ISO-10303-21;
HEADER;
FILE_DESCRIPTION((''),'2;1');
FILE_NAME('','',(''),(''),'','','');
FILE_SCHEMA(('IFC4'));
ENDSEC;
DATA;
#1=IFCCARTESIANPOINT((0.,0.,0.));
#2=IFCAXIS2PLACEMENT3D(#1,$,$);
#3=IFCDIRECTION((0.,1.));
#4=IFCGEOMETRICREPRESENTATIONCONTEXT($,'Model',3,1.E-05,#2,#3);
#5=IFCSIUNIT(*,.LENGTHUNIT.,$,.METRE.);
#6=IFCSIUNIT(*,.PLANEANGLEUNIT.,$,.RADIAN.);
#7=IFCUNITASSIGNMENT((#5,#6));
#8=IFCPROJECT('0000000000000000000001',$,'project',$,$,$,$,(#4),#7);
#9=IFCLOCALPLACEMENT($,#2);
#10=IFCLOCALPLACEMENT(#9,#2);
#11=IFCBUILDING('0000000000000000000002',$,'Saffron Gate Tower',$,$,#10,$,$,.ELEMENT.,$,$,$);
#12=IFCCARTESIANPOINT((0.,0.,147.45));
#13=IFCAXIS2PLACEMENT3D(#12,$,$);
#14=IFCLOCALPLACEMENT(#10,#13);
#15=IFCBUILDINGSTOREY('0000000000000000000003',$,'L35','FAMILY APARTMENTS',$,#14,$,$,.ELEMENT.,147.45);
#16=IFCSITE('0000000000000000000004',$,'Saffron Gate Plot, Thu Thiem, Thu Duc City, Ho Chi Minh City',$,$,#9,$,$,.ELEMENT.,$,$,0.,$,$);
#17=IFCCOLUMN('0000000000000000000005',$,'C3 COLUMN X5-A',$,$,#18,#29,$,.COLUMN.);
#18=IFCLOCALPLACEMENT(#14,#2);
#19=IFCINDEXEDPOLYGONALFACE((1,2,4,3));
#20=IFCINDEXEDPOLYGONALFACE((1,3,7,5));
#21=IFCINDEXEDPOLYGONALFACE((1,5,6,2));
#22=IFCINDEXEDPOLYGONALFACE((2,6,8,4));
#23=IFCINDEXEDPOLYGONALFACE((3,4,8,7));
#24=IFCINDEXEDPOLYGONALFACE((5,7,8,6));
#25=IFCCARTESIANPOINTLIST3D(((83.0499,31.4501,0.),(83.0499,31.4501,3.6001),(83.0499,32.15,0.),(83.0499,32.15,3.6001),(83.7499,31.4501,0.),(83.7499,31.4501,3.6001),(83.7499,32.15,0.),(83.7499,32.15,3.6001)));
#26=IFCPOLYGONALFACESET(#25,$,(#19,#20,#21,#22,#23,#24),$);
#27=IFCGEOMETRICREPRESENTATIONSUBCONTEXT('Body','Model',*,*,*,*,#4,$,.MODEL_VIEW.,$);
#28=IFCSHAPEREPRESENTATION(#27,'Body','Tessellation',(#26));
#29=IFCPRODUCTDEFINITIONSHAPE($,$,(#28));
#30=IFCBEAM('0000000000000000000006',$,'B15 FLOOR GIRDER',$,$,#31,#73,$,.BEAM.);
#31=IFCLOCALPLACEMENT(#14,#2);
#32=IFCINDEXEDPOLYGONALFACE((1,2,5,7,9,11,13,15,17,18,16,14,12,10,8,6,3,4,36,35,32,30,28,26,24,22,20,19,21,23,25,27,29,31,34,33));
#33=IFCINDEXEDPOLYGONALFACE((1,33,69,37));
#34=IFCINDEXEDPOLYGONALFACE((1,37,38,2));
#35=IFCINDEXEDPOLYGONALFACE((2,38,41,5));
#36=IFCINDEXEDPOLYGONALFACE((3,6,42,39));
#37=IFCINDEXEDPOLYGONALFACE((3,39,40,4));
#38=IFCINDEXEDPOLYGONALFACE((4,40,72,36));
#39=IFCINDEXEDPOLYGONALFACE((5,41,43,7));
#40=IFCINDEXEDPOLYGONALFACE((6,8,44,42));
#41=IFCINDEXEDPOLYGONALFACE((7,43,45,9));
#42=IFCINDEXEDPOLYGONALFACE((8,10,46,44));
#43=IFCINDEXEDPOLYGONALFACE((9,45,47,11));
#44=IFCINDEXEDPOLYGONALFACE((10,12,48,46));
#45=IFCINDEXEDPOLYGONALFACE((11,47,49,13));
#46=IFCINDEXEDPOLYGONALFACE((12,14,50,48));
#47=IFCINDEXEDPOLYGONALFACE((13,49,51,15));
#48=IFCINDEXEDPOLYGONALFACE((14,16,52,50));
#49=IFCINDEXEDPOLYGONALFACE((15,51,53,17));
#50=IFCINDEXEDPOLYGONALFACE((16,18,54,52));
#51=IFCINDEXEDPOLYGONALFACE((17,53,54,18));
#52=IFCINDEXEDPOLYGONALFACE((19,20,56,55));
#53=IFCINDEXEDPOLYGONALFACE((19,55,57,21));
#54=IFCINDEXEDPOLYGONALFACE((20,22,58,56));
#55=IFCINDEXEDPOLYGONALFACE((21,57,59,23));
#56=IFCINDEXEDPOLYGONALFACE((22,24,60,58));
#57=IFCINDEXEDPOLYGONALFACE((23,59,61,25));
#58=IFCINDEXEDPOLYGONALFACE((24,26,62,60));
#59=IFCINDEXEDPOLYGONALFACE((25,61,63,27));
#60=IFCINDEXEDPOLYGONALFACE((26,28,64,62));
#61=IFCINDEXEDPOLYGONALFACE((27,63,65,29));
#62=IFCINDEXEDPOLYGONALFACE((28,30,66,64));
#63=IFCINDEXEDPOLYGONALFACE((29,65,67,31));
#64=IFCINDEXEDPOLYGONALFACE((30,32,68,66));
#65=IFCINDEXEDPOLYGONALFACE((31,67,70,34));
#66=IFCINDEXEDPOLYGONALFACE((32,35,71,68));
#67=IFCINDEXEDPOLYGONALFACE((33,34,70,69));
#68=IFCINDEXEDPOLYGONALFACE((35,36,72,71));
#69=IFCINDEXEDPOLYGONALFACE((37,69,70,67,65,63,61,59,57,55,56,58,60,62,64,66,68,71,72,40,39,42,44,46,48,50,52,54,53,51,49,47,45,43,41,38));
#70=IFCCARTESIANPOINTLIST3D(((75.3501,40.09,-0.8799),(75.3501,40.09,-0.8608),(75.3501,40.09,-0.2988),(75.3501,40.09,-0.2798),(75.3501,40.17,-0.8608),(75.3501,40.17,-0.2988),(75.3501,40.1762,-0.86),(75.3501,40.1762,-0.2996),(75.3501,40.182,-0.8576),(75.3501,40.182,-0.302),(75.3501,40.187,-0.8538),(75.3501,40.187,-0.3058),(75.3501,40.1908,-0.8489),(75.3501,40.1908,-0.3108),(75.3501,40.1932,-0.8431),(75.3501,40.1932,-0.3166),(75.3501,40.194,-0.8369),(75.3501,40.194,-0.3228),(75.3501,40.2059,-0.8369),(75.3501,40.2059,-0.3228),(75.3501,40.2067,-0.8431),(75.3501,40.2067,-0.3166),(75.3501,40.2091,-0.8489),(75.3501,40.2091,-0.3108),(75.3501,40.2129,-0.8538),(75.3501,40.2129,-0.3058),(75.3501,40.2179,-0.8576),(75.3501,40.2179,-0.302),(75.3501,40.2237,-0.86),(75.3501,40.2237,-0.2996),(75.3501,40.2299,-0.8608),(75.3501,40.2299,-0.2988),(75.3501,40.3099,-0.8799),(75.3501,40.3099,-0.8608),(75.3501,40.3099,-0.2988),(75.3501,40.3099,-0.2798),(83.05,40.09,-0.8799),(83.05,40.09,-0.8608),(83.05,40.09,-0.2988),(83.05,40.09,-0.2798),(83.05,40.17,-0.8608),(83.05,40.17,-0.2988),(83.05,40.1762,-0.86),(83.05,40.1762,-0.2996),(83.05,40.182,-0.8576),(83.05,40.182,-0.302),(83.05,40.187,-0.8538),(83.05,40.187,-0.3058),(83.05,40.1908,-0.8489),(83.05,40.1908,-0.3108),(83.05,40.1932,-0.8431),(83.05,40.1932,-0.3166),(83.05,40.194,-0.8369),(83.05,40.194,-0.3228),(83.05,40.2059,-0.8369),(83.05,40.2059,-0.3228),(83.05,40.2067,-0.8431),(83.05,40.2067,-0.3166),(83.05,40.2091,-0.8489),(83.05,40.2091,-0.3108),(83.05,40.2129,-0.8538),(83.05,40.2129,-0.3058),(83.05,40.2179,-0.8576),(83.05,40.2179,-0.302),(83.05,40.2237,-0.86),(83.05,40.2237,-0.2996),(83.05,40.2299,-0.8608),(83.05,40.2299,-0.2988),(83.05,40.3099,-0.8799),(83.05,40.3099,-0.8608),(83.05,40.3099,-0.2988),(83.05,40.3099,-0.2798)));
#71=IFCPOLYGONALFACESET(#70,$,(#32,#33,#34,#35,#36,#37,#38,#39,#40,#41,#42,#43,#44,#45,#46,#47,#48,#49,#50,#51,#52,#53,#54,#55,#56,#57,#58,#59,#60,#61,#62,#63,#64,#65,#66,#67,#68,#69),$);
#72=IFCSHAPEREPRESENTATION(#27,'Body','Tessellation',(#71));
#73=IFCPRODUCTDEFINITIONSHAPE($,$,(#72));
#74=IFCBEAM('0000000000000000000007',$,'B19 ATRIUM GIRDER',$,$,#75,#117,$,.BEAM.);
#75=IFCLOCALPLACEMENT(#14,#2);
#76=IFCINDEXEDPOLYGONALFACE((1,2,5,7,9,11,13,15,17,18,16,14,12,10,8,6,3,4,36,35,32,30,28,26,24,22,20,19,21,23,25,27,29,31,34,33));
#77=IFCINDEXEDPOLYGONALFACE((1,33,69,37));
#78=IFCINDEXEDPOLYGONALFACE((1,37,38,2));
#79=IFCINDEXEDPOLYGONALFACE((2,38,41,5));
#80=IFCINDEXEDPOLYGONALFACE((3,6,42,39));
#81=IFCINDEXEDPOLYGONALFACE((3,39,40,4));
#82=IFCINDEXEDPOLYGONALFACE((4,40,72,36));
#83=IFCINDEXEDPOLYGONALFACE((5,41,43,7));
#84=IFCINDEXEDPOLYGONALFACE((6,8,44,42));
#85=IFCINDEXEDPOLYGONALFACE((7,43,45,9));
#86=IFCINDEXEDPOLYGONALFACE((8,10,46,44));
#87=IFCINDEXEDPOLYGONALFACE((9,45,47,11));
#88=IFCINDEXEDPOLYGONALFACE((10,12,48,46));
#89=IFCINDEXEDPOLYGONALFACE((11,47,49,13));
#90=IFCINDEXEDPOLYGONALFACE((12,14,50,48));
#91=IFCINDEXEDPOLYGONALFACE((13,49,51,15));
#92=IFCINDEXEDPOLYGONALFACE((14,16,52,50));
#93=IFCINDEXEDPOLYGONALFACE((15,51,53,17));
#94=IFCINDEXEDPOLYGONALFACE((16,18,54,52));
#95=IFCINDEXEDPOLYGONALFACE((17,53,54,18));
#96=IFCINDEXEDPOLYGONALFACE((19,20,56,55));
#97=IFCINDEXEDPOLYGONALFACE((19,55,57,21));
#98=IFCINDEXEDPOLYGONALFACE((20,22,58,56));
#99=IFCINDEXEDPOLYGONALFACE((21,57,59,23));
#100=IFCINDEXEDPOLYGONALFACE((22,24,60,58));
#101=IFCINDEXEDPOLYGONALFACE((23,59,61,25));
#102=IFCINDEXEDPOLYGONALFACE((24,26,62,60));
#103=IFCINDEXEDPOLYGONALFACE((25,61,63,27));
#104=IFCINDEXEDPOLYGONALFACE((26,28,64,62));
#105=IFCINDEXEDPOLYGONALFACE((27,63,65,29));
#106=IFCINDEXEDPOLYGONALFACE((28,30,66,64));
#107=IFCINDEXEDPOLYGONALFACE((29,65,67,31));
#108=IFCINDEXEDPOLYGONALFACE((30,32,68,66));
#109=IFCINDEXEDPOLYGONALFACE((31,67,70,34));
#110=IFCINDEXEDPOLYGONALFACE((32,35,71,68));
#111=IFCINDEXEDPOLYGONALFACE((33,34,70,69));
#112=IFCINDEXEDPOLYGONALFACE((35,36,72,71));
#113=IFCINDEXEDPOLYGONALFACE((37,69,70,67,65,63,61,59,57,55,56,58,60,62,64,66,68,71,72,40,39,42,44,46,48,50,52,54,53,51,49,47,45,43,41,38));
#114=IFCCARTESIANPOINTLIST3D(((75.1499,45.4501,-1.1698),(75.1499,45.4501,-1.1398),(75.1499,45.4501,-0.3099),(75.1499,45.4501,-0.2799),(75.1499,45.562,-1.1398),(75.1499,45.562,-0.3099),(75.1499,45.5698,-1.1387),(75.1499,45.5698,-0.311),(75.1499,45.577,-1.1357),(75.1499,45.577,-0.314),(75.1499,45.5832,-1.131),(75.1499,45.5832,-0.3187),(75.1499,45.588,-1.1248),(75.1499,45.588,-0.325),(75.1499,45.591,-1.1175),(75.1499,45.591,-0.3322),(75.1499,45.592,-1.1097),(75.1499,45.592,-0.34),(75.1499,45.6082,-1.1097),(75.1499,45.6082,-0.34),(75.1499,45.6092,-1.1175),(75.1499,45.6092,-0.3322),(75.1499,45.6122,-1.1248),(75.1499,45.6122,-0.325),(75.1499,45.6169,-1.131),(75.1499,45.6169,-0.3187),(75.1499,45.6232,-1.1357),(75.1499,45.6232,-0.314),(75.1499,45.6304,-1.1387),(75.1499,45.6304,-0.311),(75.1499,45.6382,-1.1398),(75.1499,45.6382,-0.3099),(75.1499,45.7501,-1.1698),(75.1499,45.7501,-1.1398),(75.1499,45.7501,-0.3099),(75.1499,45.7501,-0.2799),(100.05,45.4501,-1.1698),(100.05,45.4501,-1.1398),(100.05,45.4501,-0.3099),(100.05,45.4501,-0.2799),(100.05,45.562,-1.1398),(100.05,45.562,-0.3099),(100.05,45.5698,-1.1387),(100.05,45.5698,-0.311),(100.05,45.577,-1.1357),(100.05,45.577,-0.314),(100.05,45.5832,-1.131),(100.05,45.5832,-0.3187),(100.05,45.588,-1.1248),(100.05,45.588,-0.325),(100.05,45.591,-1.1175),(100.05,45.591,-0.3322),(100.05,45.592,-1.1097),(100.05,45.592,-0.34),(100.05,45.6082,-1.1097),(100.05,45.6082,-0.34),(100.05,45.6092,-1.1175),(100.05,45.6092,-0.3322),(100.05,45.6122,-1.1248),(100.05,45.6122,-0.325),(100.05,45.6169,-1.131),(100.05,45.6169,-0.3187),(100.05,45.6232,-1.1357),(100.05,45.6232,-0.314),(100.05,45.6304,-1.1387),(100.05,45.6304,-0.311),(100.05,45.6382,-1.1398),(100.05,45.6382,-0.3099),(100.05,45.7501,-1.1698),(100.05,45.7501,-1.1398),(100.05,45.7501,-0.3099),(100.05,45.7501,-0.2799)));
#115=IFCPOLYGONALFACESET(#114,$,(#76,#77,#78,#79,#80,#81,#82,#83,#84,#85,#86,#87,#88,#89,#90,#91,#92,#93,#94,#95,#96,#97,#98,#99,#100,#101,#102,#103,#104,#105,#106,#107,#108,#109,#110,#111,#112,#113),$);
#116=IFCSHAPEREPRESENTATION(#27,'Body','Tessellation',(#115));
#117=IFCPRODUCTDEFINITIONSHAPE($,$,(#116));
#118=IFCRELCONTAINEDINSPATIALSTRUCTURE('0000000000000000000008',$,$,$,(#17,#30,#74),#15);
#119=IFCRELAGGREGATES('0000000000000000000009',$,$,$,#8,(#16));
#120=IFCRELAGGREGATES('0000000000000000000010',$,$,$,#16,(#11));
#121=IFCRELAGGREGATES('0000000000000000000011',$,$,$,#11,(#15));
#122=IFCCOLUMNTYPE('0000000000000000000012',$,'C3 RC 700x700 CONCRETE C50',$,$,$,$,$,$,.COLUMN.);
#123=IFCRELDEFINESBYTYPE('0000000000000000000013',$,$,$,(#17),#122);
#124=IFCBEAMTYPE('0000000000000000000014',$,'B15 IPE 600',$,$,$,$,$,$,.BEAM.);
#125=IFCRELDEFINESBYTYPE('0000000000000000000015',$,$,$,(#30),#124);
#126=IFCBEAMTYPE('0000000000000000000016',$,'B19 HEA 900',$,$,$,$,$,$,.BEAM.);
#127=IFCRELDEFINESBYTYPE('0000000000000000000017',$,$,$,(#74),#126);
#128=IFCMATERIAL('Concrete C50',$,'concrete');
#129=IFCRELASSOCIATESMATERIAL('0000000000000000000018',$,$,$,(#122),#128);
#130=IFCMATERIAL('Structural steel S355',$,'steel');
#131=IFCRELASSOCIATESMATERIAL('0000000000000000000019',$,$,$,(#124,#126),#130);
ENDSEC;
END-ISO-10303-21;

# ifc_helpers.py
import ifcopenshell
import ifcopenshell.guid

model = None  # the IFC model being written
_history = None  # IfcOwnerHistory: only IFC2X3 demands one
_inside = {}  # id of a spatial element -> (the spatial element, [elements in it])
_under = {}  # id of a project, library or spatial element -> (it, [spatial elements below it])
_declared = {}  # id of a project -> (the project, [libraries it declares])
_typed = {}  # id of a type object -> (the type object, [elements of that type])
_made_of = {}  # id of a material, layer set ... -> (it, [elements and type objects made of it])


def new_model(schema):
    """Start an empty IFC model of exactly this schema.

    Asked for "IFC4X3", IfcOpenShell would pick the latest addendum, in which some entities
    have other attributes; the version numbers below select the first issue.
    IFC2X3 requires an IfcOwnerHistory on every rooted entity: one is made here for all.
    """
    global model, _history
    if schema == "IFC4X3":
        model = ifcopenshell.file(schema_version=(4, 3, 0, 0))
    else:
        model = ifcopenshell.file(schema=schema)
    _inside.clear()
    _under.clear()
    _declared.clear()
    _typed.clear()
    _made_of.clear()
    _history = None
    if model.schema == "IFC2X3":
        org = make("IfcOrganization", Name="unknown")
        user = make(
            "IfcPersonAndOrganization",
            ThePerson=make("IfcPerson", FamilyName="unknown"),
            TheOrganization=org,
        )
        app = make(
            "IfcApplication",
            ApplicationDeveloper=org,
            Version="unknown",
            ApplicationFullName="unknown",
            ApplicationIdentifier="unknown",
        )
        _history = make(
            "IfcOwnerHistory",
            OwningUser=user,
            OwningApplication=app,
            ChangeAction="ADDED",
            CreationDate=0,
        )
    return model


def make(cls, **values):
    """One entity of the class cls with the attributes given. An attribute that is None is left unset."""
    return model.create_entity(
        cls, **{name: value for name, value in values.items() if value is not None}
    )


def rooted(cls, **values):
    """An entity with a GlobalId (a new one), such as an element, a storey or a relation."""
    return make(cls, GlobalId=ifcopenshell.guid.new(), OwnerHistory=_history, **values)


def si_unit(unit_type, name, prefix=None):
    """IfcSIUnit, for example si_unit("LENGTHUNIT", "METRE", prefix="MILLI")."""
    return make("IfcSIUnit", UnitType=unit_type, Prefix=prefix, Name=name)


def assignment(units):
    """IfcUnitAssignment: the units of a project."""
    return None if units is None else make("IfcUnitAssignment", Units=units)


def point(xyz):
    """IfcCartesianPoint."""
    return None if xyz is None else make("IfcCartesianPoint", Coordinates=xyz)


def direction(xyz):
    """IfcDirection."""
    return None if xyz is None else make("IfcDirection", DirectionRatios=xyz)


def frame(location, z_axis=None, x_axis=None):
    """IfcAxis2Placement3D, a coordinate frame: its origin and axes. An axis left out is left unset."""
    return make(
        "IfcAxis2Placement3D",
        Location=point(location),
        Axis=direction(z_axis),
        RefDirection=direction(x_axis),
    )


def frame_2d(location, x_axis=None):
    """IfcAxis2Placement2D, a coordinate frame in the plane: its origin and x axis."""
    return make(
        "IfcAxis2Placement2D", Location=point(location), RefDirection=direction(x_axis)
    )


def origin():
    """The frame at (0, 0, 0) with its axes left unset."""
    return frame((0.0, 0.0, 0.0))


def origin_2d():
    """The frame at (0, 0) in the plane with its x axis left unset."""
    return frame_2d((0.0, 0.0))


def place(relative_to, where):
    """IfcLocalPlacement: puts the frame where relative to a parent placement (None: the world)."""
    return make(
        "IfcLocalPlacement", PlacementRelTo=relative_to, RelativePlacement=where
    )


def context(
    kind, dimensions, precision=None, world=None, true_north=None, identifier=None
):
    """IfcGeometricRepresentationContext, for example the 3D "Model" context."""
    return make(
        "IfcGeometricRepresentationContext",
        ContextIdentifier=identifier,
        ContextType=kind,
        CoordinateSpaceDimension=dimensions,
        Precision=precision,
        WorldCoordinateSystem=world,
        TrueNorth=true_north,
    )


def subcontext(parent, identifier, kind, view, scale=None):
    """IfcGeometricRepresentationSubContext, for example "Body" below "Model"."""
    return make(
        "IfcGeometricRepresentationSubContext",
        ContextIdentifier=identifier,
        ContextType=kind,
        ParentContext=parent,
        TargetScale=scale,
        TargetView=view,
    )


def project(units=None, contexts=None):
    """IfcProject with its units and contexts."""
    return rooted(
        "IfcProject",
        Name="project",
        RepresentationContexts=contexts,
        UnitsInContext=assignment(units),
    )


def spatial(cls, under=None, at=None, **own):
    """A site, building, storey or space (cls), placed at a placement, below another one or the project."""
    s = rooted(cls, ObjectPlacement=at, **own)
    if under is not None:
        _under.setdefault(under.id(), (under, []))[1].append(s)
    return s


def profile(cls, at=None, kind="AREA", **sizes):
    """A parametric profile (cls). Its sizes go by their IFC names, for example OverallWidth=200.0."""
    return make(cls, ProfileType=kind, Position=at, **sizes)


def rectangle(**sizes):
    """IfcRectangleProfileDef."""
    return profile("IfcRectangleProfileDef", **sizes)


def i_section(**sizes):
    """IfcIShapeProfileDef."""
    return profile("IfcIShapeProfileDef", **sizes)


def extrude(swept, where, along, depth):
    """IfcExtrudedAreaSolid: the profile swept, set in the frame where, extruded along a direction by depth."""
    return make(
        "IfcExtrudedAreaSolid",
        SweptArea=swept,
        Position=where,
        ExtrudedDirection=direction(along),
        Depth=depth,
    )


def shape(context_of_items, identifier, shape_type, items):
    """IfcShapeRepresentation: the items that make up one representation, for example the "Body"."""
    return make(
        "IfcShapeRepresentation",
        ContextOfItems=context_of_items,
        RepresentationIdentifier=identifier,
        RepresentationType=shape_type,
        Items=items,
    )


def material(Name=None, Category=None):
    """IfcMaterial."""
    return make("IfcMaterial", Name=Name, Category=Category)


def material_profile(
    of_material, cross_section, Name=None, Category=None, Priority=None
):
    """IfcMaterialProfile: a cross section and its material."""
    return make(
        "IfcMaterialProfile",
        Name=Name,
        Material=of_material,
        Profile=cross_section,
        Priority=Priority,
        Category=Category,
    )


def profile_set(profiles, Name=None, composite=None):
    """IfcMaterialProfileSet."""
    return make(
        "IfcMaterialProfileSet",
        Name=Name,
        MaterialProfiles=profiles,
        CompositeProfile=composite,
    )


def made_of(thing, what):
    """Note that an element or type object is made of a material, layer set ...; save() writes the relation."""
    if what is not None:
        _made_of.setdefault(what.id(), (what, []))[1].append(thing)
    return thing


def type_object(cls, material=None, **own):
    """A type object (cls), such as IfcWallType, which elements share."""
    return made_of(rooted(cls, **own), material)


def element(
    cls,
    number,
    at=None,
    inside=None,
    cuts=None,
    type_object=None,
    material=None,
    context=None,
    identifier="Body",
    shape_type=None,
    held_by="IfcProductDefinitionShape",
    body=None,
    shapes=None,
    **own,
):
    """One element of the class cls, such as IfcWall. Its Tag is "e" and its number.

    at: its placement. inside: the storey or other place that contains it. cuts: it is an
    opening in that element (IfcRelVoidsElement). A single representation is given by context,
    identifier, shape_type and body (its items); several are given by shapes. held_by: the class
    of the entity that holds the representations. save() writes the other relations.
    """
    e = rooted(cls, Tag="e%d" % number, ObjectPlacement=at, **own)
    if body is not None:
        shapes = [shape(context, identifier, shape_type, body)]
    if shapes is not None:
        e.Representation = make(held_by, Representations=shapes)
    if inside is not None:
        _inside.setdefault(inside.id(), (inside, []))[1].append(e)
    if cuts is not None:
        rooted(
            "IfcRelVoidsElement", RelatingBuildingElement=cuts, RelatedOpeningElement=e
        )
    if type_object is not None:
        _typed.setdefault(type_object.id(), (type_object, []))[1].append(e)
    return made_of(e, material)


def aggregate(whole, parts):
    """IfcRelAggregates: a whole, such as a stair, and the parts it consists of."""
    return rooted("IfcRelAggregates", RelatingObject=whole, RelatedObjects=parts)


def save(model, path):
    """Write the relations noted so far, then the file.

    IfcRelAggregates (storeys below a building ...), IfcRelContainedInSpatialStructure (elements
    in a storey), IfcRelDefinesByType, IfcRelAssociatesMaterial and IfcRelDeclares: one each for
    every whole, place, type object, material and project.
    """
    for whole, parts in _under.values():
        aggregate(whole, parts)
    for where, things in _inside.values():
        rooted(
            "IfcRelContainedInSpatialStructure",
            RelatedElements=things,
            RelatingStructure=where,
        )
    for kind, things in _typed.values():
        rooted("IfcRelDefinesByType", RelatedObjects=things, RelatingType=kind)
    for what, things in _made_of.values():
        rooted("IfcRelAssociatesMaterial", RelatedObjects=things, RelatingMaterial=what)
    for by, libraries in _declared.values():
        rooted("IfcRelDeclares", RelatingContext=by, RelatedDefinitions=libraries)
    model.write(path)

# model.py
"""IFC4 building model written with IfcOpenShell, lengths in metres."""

from ifc_helpers import new_model, si_unit, direction, frame, origin, origin_2d, place, context, subcontext, project, spatial, rectangle, i_section, extrude, material, material_profile, profile_set, type_object, element, save


model = new_model("IFC4")

# Units and contexts
model_context = context("Model", 3, precision=1e-05, world=origin(), true_north=direction((0.0, 1.0)))
body_context = subcontext(model_context, "Body", "Model", "MODEL_VIEW")
ifc_project = project(units=[si_unit("LENGTHUNIT", "METRE"), si_unit("PLANEANGLEUNIT", "RADIAN")], contexts=[model_context])

# Site, building, storey
site_placement = place(None, origin())
site = spatial("IfcSite", under=ifc_project, at=site_placement, Name="Saffron Gate Plot, Thu Thiem, Thu Duc City, Ho Chi Minh City", CompositionType="ELEMENT", RefElevation=0.0)
building_placement = place(site_placement, origin())
building = spatial("IfcBuilding", under=site, at=building_placement, Name="Saffron Gate Tower", CompositionType="ELEMENT")
storey_placement = place(building_placement, frame((0.0, 0.0, 147.45)))
storey = spatial("IfcBuildingStorey", under=building, at=storey_placement, Name="L35", Description="FAMILY APARTMENTS", CompositionType="ELEMENT", Elevation=147.45)

# Column
ifc_material_1 = material(Name="Concrete C50", Category="concrete")
ifc_material_profile_1 = material_profile(ifc_material_1, rectangle(XDim=0.7, YDim=0.7, at=origin_2d()))
ifc_profile_set_1 = profile_set([ifc_material_profile_1], Name="Concrete C50")
column_type = type_object("IfcColumnType", Name="C3 RC 700x700 CONCRETE C50", PredefinedType="COLUMN", material=ifc_profile_set_1)
column_placement = place(storey_placement, frame((83.3999, 31.8, 0.0), z_axis=(0.0, 0.0, 1.0), x_axis=(1.0, 0.0, 0.0)))
element("IfcColumn", 1, at=column_placement, inside=storey, type_object=column_type, Name="C3 COLUMN X5-A", PredefinedType="COLUMN", context=body_context, shape_type="SweptSolid", body=[
    extrude(rectangle(XDim=0.7, YDim=0.7, at=origin_2d()), origin(), (0.0, 0.0, 1.0), 3.6001),
])

# Beams
ifc_material_2 = material(Name="Structural steel S355", Category="steel")
ifc_material_profile_2 = material_profile(ifc_material_2, i_section(OverallWidth=0.22, OverallDepth=0.6001, WebThickness=0.012, FlangeThickness=0.019, FilletRadius=0.0239, at=origin_2d()))
ifc_profile_set_2 = profile_set([ifc_material_profile_2], Name="Structural steel S355")
beam_type_1 = type_object("IfcBeamType", Name="B15 IPE 600", PredefinedType="BEAM", material=ifc_profile_set_2)
beam_1_placement = place(storey_placement, frame((75.3501, 40.2, -0.5798), z_axis=(1.0, 0.0, 0.0), x_axis=(0.0, 1.0, 0.0)))
element("IfcBeam", 2, at=beam_1_placement, inside=storey, type_object=beam_type_1, Name="B15 FLOOR GIRDER", PredefinedType="BEAM", context=body_context, shape_type="SweptSolid", body=[
    extrude(i_section(OverallWidth=0.22, OverallDepth=0.6001, WebThickness=0.012, FlangeThickness=0.019, FilletRadius=0.0239, at=origin_2d()), origin(), (0.0, 0.0, 1.0), 7.7),
])
ifc_material_profile_3 = material_profile(ifc_material_2, i_section(OverallWidth=0.3, OverallDepth=0.8899, WebThickness=0.0161, FlangeThickness=0.03, FilletRadius=0.03, at=origin_2d()))
ifc_profile_set_3 = profile_set([ifc_material_profile_3], Name="Structural steel S355")
beam_type_2 = type_object("IfcBeamType", Name="B19 HEA 900", PredefinedType="BEAM", material=ifc_profile_set_3)
beam_2_placement = place(storey_placement, frame((75.1499, 45.6001, -0.7249), z_axis=(1.0, 0.0, 0.0), x_axis=(0.0, 1.0, 0.0)))
element("IfcBeam", 3, at=beam_2_placement, inside=storey, type_object=beam_type_2, Name="B19 ATRIUM GIRDER", PredefinedType="BEAM", context=body_context, shape_type="SweptSolid", body=[
    extrude(i_section(OverallWidth=0.3, OverallDepth=0.8899, WebThickness=0.0161, FlangeThickness=0.03, FilletRadius=0.03, at=origin_2d()), origin(), (0.0, 0.0, 1.0), 24.9001),
])

save(model, "model.ifc")
